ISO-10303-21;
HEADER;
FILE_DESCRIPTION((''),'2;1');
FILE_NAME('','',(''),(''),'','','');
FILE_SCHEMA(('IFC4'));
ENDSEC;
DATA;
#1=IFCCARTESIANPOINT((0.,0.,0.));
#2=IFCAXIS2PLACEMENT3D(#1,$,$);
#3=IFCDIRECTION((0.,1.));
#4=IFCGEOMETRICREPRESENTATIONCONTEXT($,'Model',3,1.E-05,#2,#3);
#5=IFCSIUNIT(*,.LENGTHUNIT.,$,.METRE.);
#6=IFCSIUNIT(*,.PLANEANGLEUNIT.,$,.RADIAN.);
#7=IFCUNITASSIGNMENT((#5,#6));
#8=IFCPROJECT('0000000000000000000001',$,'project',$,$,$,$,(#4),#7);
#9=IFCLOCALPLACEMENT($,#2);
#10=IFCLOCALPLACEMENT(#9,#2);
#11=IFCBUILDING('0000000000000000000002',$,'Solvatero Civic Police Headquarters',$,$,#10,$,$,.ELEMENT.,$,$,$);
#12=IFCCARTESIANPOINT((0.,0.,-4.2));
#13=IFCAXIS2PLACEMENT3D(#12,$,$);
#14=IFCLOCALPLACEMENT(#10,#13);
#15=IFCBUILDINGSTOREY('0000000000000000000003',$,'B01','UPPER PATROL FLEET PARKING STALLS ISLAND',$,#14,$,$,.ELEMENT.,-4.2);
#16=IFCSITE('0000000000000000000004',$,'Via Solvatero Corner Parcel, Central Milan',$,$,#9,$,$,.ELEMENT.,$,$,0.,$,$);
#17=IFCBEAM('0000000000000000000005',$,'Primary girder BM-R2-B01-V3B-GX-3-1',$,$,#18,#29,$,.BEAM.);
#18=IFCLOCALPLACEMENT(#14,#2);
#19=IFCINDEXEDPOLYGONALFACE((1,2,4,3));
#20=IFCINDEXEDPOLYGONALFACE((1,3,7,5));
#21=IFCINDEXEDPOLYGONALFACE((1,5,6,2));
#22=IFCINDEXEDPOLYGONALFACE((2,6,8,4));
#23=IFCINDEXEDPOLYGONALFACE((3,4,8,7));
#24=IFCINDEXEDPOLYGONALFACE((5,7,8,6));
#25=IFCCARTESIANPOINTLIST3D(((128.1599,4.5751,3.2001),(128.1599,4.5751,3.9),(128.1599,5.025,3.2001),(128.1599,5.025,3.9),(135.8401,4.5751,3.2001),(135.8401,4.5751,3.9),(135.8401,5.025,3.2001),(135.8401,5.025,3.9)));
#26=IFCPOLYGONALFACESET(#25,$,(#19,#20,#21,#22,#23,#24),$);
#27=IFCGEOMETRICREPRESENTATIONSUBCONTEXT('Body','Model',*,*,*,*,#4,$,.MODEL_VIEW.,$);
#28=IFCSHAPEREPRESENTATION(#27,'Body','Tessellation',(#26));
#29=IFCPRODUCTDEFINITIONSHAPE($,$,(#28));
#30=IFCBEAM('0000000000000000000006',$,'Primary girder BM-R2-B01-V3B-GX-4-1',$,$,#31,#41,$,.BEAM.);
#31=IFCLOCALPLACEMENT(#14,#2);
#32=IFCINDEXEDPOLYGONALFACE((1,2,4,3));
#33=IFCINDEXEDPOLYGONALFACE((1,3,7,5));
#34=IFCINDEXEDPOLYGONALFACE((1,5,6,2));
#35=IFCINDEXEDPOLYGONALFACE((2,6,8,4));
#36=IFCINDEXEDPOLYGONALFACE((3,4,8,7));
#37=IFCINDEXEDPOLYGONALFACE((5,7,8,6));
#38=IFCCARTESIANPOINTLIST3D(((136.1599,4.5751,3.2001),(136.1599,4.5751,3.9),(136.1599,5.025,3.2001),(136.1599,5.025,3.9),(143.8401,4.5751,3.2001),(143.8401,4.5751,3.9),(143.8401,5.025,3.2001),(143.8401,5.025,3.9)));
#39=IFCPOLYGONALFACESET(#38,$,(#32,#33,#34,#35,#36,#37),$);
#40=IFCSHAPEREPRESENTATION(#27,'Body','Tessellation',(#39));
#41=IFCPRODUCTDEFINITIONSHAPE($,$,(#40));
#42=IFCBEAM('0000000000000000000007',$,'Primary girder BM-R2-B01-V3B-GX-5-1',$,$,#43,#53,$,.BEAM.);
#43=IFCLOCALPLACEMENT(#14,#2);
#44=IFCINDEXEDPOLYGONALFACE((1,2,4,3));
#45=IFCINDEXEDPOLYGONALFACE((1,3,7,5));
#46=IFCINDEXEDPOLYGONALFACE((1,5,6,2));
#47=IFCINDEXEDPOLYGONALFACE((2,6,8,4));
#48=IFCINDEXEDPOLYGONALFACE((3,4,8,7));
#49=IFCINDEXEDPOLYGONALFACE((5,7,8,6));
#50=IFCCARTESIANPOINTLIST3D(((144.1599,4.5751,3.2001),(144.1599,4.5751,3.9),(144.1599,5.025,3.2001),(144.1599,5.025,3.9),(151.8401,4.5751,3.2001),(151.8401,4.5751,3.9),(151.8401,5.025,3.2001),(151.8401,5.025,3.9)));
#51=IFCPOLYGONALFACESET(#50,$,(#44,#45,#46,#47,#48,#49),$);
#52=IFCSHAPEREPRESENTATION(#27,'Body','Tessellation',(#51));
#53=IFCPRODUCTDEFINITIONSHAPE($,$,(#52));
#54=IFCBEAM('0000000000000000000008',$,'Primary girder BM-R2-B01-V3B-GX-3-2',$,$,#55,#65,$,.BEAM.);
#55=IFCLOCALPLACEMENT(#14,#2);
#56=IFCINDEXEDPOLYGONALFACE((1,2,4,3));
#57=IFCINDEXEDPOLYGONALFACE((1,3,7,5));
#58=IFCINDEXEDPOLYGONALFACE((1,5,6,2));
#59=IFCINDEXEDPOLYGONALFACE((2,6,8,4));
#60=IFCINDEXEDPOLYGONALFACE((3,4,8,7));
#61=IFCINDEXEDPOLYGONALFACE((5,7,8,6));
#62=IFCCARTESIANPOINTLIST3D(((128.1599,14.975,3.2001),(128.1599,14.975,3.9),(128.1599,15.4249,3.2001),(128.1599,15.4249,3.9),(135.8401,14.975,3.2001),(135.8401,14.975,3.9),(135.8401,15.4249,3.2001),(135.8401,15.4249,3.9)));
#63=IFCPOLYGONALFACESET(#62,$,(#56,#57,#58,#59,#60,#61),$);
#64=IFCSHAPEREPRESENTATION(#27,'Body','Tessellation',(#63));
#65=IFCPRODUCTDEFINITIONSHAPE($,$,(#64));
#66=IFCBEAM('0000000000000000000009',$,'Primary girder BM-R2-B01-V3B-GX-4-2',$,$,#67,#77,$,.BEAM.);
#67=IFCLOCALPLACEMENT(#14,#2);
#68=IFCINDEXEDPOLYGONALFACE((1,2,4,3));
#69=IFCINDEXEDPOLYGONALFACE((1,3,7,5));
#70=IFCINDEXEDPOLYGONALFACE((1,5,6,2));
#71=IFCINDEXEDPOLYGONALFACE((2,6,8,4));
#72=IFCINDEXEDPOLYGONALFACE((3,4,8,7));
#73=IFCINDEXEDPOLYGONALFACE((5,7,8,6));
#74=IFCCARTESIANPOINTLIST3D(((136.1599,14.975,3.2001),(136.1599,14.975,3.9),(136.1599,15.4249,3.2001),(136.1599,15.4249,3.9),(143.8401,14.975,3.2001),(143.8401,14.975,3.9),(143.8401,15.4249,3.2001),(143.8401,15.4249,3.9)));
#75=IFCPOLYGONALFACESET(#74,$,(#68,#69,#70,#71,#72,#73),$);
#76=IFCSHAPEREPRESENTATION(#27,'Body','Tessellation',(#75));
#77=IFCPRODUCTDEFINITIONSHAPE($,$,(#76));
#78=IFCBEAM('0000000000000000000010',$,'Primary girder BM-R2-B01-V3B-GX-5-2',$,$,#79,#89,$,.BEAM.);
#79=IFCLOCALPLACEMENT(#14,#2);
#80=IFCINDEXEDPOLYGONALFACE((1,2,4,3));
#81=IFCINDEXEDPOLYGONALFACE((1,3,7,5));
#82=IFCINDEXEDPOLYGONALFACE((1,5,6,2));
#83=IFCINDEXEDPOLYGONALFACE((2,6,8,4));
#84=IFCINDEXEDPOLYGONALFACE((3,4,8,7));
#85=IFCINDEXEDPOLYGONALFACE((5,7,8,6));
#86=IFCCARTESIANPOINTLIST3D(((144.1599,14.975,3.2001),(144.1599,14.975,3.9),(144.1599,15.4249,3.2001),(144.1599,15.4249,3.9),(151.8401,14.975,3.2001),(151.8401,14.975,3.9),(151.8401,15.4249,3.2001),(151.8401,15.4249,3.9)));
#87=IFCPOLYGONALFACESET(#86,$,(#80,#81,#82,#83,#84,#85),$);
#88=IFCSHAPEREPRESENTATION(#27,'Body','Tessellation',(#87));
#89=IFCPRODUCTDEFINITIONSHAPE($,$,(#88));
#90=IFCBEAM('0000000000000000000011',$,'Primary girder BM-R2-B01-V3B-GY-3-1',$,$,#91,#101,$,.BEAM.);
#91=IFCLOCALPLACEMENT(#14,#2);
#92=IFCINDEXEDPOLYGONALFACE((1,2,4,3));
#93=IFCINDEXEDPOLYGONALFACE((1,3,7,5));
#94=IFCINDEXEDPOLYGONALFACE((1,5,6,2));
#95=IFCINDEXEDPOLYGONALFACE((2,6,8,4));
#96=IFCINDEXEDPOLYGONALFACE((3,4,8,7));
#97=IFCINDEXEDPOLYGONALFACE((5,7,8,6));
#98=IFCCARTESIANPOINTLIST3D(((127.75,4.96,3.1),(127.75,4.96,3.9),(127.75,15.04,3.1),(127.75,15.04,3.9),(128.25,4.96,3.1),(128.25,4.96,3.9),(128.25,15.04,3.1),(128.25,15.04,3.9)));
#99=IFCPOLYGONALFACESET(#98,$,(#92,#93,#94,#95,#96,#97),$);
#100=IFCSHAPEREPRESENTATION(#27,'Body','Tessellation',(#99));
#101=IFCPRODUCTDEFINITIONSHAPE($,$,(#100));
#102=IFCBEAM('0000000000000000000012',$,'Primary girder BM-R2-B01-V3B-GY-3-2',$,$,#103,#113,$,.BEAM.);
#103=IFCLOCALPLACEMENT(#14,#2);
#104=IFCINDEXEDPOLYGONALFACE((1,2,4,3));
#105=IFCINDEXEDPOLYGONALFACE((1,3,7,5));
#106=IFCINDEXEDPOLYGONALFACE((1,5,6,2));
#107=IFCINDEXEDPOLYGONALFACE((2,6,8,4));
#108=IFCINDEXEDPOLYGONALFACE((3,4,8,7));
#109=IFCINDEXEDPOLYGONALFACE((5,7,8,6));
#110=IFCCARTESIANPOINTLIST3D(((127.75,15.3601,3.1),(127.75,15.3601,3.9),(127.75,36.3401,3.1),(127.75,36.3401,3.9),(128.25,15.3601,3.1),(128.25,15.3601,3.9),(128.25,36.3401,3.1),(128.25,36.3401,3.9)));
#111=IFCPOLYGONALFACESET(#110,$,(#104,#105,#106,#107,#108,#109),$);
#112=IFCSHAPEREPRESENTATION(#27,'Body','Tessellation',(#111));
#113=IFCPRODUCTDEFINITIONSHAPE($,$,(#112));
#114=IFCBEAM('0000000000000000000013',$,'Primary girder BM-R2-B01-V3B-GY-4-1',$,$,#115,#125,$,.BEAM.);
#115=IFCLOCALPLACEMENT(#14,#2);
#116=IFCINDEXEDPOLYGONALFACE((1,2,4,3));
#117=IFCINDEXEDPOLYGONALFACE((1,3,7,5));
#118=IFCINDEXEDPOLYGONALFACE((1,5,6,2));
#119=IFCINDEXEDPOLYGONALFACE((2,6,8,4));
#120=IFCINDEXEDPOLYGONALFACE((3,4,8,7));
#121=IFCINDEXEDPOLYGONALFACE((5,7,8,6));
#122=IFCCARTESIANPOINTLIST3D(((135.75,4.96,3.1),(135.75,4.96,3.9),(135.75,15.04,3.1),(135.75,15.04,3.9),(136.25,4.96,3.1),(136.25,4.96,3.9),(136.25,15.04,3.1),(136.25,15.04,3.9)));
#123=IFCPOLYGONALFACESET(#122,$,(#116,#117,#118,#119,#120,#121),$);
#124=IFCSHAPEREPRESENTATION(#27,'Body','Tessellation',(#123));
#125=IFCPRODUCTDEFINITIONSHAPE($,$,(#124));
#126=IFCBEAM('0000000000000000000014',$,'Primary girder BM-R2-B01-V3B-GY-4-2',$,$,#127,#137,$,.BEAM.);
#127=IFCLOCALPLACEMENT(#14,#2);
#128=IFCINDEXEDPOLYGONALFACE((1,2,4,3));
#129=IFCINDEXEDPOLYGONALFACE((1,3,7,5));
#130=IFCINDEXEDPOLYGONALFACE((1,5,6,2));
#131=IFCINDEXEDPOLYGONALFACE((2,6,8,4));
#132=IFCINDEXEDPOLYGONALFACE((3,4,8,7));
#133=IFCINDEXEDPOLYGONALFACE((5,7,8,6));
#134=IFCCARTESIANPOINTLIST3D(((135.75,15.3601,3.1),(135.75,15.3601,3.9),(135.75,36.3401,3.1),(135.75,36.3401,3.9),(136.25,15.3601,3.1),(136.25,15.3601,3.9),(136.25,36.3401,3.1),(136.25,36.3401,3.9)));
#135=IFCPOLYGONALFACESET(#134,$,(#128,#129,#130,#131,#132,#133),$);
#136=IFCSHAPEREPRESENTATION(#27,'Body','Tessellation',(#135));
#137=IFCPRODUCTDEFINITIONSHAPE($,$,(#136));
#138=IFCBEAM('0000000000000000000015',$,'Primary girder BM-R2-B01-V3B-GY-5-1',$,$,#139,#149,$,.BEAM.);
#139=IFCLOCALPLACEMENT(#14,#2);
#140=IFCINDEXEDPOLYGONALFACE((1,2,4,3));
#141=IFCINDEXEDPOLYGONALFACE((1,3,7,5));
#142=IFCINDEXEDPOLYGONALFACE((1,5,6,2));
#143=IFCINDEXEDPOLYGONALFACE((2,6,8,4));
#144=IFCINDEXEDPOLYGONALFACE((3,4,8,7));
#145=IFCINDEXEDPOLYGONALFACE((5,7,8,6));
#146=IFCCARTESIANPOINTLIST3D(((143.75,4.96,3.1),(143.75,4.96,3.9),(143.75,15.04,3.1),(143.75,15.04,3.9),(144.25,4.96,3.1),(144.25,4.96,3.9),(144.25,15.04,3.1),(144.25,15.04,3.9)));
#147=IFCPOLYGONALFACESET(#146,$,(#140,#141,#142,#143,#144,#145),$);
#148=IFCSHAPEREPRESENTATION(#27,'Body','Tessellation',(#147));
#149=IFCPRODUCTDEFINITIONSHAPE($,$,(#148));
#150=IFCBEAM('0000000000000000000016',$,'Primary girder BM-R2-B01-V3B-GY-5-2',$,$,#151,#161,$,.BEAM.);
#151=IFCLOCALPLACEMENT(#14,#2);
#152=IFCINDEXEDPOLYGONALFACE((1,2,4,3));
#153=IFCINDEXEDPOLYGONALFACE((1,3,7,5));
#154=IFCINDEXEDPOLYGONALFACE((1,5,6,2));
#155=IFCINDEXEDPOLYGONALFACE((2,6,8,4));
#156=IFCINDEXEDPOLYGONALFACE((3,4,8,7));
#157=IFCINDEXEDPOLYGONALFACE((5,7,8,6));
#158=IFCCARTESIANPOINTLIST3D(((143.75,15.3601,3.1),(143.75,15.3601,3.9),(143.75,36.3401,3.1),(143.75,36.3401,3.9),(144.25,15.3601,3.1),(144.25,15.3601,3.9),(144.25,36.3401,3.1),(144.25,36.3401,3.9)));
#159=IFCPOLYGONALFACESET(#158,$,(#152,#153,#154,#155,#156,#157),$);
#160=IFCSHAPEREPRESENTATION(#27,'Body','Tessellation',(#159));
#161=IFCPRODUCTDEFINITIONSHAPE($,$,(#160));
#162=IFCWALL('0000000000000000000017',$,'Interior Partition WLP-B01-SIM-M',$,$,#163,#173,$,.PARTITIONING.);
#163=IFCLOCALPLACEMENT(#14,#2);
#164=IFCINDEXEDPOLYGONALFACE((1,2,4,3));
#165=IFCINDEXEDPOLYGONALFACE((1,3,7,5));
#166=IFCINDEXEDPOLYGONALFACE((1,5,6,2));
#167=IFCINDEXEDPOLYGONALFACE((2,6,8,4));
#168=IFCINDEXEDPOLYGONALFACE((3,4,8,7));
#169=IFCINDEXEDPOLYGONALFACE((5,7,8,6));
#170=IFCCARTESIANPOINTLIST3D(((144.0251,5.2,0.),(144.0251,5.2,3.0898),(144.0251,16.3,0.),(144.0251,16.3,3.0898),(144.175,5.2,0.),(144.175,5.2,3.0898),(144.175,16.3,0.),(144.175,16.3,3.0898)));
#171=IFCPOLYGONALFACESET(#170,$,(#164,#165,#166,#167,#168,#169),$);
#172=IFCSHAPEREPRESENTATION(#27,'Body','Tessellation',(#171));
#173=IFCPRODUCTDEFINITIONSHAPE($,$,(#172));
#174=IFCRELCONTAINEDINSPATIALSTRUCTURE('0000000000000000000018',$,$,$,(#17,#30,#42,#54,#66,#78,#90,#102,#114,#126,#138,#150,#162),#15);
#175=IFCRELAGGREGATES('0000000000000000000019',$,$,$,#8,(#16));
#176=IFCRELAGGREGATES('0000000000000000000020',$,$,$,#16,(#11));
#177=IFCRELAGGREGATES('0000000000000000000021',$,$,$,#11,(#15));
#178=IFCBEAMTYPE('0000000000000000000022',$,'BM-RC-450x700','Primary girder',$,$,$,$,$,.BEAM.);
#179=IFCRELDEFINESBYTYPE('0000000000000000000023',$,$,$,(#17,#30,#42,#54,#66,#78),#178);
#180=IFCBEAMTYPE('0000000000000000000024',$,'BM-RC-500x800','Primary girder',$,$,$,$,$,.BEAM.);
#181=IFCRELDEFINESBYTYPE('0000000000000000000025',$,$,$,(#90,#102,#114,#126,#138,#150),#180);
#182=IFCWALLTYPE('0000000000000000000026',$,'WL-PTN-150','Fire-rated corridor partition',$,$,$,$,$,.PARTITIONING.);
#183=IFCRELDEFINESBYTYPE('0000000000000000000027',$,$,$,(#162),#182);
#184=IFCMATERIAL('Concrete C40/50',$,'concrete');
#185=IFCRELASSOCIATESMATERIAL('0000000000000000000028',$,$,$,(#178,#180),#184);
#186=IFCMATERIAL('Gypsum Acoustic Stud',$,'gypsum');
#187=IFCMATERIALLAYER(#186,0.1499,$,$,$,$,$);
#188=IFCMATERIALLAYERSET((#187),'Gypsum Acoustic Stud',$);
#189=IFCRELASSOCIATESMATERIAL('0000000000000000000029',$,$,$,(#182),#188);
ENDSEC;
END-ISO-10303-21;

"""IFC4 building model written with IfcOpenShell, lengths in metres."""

from ifc_helpers import new_model, si_unit, direction, frame, frame_2d, origin, origin_2d, place, context, subcontext, project, spatial, rectangle, extrude, material, layer, layer_set, material_profile, profile_set, type_object, element, save


model = new_model("IFC4")

# Units and contexts
model_context = context("Model", 3, precision=1e-05, world=origin(), true_north=direction((0.0, 1.0)))
body_context = subcontext(model_context, "Body", "Model", "MODEL_VIEW")
ifc_project = project(units=[si_unit("LENGTHUNIT", "METRE"), si_unit("PLANEANGLEUNIT", "RADIAN")], contexts=[model_context])

# Site, building, storey
site_placement = place(None, origin())
site = spatial("IfcSite", under=ifc_project, at=site_placement, Name="Via Solvatero Corner Parcel, Central Milan", CompositionType="ELEMENT", RefElevation=0.0)
building_placement = place(site_placement, origin())
building = spatial("IfcBuilding", under=site, at=building_placement, Name="Solvatero Civic Police Headquarters", CompositionType="ELEMENT")
storey_placement = place(building_placement, frame((0.0, 0.0, -4.2)))
storey = spatial("IfcBuildingStorey", under=building, at=storey_placement, Name="B01", Description="UPPER PATROL FLEET PARKING STALLS ISLAND", CompositionType="ELEMENT", Elevation=-4.2)

# Shared definitions
ifc_material_1 = material(Name="Concrete C40/50", Category="concrete")

# Beams
ifc_material_profile_1 = material_profile(ifc_material_1, rectangle(XDim=0.45, YDim=0.7, at=origin_2d()), Name="RC 450x700")
ifc_profile_set_1 = profile_set([ifc_material_profile_1], Name="Concrete C40/50")
beam_type_1 = type_object("IfcBeamType", Name="BM-RC-450x700", Description="Primary girder", PredefinedType="BEAM", material=ifc_profile_set_1)
for number, where, z_axis, x_axis, name in (
    (1, (128.1599, 4.8, 3.55), (1.0, 0.0, 0.0), (0.0, 1.0, 0.0), "Primary girder BM-R2-B01-V3B-GX-3-1"),
    (2, (136.1599, 4.8, 3.55), (1.0, 0.0, 0.0), (0.0, 1.0, 0.0), "Primary girder BM-R2-B01-V3B-GX-4-1"),
    (3, (144.1599, 4.8, 3.55), (1.0, 0.0, 0.0), (0.0, 1.0, 0.0), "Primary girder BM-R2-B01-V3B-GX-5-1"),
    (4, (128.1599, 15.2, 3.55), (1.0, 0.0, 0.0), (0.0, 1.0, 0.0), "Primary girder BM-R2-B01-V3B-GX-3-2"),
    (5, (136.1599, 15.2, 3.55), (1.0, 0.0, 0.0), (0.0, 1.0, 0.0), "Primary girder BM-R2-B01-V3B-GX-4-2"),
    (6, (144.1599, 15.2, 3.55), (1.0, 0.0, 0.0), (0.0, 1.0, 0.0), "Primary girder BM-R2-B01-V3B-GX-5-2"),
):
    element("IfcBeam", number, at=place(storey_placement, frame(where, z_axis=z_axis, x_axis=x_axis)), inside=storey, type_object=beam_type_1, Name=name, PredefinedType="BEAM", context=body_context, shape_type="SweptSolid", body=[
        extrude(rectangle(XDim=0.45, YDim=0.7, at=origin_2d()), origin(), (0.0, 0.0, 1.0), 7.6802),
    ])
ifc_material_profile_2 = material_profile(ifc_material_1, rectangle(XDim=0.5, YDim=0.8, at=origin_2d()), Name="RC 500x800")
ifc_profile_set_2 = profile_set([ifc_material_profile_2], Name="Concrete C40/50")
beam_type_2 = type_object("IfcBeamType", Name="BM-RC-500x800", Description="Primary girder", PredefinedType="BEAM", material=ifc_profile_set_2)
beam_1_placement = place(storey_placement, frame((128.0, 4.96, 3.5), z_axis=(0.0, 1.0, 0.0), x_axis=(-1.0, 0.0, 0.0)))
element("IfcBeam", 7, at=beam_1_placement, inside=storey, type_object=beam_type_2, Name="Primary girder BM-R2-B01-V3B-GY-3-1", PredefinedType="BEAM", context=body_context, shape_type="SweptSolid", body=[
    extrude(rectangle(XDim=0.5, YDim=0.8, at=origin_2d()), origin(), (0.0, 0.0, 1.0), 10.0801),
])
beam_2_placement = place(storey_placement, frame((128.0, 15.3601, 3.5), z_axis=(0.0, 1.0, 0.0), x_axis=(-1.0, 0.0, 0.0)))
element("IfcBeam", 8, at=beam_2_placement, inside=storey, type_object=beam_type_2, Name="Primary girder BM-R2-B01-V3B-GY-3-2", PredefinedType="BEAM", context=body_context, shape_type="SweptSolid", body=[
    extrude(rectangle(XDim=0.5, YDim=0.8, at=origin_2d()), origin(), (0.0, 0.0, 1.0), 20.98),
])
beam_3_placement = place(storey_placement, frame((136.0, 4.96, 3.5), z_axis=(0.0, 1.0, 0.0), x_axis=(-1.0, 0.0, 0.0)))
element("IfcBeam", 9, at=beam_3_placement, inside=storey, type_object=beam_type_2, Name="Primary girder BM-R2-B01-V3B-GY-4-1", PredefinedType="BEAM", context=body_context, shape_type="SweptSolid", body=[
    extrude(rectangle(XDim=0.5, YDim=0.8, at=origin_2d()), origin(), (0.0, 0.0, 1.0), 10.0801),
])
beam_4_placement = place(storey_placement, frame((136.0, 15.3601, 3.5), z_axis=(0.0, 1.0, 0.0), x_axis=(-1.0, 0.0, 0.0)))
element("IfcBeam", 10, at=beam_4_placement, inside=storey, type_object=beam_type_2, Name="Primary girder BM-R2-B01-V3B-GY-4-2", PredefinedType="BEAM", context=body_context, shape_type="SweptSolid", body=[
    extrude(rectangle(XDim=0.5, YDim=0.8, at=origin_2d()), origin(), (0.0, 0.0, 1.0), 20.98),
])
beam_5_placement = place(storey_placement, frame((144.0, 4.96, 3.5), z_axis=(0.0, 1.0, 0.0), x_axis=(-1.0, 0.0, 0.0)))
element("IfcBeam", 11, at=beam_5_placement, inside=storey, type_object=beam_type_2, Name="Primary girder BM-R2-B01-V3B-GY-5-1", PredefinedType="BEAM", context=body_context, shape_type="SweptSolid", body=[
    extrude(rectangle(XDim=0.5, YDim=0.8, at=origin_2d()), origin(), (0.0, 0.0, 1.0), 10.0801),
])
beam_6_placement = place(storey_placement, frame((144.0, 15.3601, 3.5), z_axis=(0.0, 1.0, 0.0), x_axis=(-1.0, 0.0, 0.0)))
element("IfcBeam", 12, at=beam_6_placement, inside=storey, type_object=beam_type_2, Name="Primary girder BM-R2-B01-V3B-GY-5-2", PredefinedType="BEAM", context=body_context, shape_type="SweptSolid", body=[
    extrude(rectangle(XDim=0.5, YDim=0.8, at=origin_2d()), origin(), (0.0, 0.0, 1.0), 20.98),
])

# Wall
ifc_material_2 = material(Name="Gypsum Acoustic Stud", Category="gypsum")
ifc_layer_1 = layer(ifc_material_2, 0.1499)
ifc_layer_set_1 = layer_set([ifc_layer_1], Name="Gypsum Acoustic Stud")
wall_type_1 = type_object("IfcWallType", Name="WL-PTN-150", Description="Fire-rated corridor partition", PredefinedType="PARTITIONING", material=ifc_layer_set_1)
wall_1_placement = place(storey_placement, frame((144.1001, 5.2, 0.0), z_axis=(0.0, 0.0, 1.0), x_axis=(0.0, 1.0, 0.0)))
element("IfcWall", 13, at=wall_1_placement, inside=storey, type_object=wall_type_1, Name="Interior Partition WLP-B01-SIM-M", PredefinedType="PARTITIONING", context=body_context, shape_type="SweptSolid", body=[
    extrude(rectangle(XDim=11.1001, YDim=0.1499, at=frame_2d((5.55, 0.0))), origin(), (0.0, 0.0, 1.0), 3.0898),
])

save(model, "model.ifc")
